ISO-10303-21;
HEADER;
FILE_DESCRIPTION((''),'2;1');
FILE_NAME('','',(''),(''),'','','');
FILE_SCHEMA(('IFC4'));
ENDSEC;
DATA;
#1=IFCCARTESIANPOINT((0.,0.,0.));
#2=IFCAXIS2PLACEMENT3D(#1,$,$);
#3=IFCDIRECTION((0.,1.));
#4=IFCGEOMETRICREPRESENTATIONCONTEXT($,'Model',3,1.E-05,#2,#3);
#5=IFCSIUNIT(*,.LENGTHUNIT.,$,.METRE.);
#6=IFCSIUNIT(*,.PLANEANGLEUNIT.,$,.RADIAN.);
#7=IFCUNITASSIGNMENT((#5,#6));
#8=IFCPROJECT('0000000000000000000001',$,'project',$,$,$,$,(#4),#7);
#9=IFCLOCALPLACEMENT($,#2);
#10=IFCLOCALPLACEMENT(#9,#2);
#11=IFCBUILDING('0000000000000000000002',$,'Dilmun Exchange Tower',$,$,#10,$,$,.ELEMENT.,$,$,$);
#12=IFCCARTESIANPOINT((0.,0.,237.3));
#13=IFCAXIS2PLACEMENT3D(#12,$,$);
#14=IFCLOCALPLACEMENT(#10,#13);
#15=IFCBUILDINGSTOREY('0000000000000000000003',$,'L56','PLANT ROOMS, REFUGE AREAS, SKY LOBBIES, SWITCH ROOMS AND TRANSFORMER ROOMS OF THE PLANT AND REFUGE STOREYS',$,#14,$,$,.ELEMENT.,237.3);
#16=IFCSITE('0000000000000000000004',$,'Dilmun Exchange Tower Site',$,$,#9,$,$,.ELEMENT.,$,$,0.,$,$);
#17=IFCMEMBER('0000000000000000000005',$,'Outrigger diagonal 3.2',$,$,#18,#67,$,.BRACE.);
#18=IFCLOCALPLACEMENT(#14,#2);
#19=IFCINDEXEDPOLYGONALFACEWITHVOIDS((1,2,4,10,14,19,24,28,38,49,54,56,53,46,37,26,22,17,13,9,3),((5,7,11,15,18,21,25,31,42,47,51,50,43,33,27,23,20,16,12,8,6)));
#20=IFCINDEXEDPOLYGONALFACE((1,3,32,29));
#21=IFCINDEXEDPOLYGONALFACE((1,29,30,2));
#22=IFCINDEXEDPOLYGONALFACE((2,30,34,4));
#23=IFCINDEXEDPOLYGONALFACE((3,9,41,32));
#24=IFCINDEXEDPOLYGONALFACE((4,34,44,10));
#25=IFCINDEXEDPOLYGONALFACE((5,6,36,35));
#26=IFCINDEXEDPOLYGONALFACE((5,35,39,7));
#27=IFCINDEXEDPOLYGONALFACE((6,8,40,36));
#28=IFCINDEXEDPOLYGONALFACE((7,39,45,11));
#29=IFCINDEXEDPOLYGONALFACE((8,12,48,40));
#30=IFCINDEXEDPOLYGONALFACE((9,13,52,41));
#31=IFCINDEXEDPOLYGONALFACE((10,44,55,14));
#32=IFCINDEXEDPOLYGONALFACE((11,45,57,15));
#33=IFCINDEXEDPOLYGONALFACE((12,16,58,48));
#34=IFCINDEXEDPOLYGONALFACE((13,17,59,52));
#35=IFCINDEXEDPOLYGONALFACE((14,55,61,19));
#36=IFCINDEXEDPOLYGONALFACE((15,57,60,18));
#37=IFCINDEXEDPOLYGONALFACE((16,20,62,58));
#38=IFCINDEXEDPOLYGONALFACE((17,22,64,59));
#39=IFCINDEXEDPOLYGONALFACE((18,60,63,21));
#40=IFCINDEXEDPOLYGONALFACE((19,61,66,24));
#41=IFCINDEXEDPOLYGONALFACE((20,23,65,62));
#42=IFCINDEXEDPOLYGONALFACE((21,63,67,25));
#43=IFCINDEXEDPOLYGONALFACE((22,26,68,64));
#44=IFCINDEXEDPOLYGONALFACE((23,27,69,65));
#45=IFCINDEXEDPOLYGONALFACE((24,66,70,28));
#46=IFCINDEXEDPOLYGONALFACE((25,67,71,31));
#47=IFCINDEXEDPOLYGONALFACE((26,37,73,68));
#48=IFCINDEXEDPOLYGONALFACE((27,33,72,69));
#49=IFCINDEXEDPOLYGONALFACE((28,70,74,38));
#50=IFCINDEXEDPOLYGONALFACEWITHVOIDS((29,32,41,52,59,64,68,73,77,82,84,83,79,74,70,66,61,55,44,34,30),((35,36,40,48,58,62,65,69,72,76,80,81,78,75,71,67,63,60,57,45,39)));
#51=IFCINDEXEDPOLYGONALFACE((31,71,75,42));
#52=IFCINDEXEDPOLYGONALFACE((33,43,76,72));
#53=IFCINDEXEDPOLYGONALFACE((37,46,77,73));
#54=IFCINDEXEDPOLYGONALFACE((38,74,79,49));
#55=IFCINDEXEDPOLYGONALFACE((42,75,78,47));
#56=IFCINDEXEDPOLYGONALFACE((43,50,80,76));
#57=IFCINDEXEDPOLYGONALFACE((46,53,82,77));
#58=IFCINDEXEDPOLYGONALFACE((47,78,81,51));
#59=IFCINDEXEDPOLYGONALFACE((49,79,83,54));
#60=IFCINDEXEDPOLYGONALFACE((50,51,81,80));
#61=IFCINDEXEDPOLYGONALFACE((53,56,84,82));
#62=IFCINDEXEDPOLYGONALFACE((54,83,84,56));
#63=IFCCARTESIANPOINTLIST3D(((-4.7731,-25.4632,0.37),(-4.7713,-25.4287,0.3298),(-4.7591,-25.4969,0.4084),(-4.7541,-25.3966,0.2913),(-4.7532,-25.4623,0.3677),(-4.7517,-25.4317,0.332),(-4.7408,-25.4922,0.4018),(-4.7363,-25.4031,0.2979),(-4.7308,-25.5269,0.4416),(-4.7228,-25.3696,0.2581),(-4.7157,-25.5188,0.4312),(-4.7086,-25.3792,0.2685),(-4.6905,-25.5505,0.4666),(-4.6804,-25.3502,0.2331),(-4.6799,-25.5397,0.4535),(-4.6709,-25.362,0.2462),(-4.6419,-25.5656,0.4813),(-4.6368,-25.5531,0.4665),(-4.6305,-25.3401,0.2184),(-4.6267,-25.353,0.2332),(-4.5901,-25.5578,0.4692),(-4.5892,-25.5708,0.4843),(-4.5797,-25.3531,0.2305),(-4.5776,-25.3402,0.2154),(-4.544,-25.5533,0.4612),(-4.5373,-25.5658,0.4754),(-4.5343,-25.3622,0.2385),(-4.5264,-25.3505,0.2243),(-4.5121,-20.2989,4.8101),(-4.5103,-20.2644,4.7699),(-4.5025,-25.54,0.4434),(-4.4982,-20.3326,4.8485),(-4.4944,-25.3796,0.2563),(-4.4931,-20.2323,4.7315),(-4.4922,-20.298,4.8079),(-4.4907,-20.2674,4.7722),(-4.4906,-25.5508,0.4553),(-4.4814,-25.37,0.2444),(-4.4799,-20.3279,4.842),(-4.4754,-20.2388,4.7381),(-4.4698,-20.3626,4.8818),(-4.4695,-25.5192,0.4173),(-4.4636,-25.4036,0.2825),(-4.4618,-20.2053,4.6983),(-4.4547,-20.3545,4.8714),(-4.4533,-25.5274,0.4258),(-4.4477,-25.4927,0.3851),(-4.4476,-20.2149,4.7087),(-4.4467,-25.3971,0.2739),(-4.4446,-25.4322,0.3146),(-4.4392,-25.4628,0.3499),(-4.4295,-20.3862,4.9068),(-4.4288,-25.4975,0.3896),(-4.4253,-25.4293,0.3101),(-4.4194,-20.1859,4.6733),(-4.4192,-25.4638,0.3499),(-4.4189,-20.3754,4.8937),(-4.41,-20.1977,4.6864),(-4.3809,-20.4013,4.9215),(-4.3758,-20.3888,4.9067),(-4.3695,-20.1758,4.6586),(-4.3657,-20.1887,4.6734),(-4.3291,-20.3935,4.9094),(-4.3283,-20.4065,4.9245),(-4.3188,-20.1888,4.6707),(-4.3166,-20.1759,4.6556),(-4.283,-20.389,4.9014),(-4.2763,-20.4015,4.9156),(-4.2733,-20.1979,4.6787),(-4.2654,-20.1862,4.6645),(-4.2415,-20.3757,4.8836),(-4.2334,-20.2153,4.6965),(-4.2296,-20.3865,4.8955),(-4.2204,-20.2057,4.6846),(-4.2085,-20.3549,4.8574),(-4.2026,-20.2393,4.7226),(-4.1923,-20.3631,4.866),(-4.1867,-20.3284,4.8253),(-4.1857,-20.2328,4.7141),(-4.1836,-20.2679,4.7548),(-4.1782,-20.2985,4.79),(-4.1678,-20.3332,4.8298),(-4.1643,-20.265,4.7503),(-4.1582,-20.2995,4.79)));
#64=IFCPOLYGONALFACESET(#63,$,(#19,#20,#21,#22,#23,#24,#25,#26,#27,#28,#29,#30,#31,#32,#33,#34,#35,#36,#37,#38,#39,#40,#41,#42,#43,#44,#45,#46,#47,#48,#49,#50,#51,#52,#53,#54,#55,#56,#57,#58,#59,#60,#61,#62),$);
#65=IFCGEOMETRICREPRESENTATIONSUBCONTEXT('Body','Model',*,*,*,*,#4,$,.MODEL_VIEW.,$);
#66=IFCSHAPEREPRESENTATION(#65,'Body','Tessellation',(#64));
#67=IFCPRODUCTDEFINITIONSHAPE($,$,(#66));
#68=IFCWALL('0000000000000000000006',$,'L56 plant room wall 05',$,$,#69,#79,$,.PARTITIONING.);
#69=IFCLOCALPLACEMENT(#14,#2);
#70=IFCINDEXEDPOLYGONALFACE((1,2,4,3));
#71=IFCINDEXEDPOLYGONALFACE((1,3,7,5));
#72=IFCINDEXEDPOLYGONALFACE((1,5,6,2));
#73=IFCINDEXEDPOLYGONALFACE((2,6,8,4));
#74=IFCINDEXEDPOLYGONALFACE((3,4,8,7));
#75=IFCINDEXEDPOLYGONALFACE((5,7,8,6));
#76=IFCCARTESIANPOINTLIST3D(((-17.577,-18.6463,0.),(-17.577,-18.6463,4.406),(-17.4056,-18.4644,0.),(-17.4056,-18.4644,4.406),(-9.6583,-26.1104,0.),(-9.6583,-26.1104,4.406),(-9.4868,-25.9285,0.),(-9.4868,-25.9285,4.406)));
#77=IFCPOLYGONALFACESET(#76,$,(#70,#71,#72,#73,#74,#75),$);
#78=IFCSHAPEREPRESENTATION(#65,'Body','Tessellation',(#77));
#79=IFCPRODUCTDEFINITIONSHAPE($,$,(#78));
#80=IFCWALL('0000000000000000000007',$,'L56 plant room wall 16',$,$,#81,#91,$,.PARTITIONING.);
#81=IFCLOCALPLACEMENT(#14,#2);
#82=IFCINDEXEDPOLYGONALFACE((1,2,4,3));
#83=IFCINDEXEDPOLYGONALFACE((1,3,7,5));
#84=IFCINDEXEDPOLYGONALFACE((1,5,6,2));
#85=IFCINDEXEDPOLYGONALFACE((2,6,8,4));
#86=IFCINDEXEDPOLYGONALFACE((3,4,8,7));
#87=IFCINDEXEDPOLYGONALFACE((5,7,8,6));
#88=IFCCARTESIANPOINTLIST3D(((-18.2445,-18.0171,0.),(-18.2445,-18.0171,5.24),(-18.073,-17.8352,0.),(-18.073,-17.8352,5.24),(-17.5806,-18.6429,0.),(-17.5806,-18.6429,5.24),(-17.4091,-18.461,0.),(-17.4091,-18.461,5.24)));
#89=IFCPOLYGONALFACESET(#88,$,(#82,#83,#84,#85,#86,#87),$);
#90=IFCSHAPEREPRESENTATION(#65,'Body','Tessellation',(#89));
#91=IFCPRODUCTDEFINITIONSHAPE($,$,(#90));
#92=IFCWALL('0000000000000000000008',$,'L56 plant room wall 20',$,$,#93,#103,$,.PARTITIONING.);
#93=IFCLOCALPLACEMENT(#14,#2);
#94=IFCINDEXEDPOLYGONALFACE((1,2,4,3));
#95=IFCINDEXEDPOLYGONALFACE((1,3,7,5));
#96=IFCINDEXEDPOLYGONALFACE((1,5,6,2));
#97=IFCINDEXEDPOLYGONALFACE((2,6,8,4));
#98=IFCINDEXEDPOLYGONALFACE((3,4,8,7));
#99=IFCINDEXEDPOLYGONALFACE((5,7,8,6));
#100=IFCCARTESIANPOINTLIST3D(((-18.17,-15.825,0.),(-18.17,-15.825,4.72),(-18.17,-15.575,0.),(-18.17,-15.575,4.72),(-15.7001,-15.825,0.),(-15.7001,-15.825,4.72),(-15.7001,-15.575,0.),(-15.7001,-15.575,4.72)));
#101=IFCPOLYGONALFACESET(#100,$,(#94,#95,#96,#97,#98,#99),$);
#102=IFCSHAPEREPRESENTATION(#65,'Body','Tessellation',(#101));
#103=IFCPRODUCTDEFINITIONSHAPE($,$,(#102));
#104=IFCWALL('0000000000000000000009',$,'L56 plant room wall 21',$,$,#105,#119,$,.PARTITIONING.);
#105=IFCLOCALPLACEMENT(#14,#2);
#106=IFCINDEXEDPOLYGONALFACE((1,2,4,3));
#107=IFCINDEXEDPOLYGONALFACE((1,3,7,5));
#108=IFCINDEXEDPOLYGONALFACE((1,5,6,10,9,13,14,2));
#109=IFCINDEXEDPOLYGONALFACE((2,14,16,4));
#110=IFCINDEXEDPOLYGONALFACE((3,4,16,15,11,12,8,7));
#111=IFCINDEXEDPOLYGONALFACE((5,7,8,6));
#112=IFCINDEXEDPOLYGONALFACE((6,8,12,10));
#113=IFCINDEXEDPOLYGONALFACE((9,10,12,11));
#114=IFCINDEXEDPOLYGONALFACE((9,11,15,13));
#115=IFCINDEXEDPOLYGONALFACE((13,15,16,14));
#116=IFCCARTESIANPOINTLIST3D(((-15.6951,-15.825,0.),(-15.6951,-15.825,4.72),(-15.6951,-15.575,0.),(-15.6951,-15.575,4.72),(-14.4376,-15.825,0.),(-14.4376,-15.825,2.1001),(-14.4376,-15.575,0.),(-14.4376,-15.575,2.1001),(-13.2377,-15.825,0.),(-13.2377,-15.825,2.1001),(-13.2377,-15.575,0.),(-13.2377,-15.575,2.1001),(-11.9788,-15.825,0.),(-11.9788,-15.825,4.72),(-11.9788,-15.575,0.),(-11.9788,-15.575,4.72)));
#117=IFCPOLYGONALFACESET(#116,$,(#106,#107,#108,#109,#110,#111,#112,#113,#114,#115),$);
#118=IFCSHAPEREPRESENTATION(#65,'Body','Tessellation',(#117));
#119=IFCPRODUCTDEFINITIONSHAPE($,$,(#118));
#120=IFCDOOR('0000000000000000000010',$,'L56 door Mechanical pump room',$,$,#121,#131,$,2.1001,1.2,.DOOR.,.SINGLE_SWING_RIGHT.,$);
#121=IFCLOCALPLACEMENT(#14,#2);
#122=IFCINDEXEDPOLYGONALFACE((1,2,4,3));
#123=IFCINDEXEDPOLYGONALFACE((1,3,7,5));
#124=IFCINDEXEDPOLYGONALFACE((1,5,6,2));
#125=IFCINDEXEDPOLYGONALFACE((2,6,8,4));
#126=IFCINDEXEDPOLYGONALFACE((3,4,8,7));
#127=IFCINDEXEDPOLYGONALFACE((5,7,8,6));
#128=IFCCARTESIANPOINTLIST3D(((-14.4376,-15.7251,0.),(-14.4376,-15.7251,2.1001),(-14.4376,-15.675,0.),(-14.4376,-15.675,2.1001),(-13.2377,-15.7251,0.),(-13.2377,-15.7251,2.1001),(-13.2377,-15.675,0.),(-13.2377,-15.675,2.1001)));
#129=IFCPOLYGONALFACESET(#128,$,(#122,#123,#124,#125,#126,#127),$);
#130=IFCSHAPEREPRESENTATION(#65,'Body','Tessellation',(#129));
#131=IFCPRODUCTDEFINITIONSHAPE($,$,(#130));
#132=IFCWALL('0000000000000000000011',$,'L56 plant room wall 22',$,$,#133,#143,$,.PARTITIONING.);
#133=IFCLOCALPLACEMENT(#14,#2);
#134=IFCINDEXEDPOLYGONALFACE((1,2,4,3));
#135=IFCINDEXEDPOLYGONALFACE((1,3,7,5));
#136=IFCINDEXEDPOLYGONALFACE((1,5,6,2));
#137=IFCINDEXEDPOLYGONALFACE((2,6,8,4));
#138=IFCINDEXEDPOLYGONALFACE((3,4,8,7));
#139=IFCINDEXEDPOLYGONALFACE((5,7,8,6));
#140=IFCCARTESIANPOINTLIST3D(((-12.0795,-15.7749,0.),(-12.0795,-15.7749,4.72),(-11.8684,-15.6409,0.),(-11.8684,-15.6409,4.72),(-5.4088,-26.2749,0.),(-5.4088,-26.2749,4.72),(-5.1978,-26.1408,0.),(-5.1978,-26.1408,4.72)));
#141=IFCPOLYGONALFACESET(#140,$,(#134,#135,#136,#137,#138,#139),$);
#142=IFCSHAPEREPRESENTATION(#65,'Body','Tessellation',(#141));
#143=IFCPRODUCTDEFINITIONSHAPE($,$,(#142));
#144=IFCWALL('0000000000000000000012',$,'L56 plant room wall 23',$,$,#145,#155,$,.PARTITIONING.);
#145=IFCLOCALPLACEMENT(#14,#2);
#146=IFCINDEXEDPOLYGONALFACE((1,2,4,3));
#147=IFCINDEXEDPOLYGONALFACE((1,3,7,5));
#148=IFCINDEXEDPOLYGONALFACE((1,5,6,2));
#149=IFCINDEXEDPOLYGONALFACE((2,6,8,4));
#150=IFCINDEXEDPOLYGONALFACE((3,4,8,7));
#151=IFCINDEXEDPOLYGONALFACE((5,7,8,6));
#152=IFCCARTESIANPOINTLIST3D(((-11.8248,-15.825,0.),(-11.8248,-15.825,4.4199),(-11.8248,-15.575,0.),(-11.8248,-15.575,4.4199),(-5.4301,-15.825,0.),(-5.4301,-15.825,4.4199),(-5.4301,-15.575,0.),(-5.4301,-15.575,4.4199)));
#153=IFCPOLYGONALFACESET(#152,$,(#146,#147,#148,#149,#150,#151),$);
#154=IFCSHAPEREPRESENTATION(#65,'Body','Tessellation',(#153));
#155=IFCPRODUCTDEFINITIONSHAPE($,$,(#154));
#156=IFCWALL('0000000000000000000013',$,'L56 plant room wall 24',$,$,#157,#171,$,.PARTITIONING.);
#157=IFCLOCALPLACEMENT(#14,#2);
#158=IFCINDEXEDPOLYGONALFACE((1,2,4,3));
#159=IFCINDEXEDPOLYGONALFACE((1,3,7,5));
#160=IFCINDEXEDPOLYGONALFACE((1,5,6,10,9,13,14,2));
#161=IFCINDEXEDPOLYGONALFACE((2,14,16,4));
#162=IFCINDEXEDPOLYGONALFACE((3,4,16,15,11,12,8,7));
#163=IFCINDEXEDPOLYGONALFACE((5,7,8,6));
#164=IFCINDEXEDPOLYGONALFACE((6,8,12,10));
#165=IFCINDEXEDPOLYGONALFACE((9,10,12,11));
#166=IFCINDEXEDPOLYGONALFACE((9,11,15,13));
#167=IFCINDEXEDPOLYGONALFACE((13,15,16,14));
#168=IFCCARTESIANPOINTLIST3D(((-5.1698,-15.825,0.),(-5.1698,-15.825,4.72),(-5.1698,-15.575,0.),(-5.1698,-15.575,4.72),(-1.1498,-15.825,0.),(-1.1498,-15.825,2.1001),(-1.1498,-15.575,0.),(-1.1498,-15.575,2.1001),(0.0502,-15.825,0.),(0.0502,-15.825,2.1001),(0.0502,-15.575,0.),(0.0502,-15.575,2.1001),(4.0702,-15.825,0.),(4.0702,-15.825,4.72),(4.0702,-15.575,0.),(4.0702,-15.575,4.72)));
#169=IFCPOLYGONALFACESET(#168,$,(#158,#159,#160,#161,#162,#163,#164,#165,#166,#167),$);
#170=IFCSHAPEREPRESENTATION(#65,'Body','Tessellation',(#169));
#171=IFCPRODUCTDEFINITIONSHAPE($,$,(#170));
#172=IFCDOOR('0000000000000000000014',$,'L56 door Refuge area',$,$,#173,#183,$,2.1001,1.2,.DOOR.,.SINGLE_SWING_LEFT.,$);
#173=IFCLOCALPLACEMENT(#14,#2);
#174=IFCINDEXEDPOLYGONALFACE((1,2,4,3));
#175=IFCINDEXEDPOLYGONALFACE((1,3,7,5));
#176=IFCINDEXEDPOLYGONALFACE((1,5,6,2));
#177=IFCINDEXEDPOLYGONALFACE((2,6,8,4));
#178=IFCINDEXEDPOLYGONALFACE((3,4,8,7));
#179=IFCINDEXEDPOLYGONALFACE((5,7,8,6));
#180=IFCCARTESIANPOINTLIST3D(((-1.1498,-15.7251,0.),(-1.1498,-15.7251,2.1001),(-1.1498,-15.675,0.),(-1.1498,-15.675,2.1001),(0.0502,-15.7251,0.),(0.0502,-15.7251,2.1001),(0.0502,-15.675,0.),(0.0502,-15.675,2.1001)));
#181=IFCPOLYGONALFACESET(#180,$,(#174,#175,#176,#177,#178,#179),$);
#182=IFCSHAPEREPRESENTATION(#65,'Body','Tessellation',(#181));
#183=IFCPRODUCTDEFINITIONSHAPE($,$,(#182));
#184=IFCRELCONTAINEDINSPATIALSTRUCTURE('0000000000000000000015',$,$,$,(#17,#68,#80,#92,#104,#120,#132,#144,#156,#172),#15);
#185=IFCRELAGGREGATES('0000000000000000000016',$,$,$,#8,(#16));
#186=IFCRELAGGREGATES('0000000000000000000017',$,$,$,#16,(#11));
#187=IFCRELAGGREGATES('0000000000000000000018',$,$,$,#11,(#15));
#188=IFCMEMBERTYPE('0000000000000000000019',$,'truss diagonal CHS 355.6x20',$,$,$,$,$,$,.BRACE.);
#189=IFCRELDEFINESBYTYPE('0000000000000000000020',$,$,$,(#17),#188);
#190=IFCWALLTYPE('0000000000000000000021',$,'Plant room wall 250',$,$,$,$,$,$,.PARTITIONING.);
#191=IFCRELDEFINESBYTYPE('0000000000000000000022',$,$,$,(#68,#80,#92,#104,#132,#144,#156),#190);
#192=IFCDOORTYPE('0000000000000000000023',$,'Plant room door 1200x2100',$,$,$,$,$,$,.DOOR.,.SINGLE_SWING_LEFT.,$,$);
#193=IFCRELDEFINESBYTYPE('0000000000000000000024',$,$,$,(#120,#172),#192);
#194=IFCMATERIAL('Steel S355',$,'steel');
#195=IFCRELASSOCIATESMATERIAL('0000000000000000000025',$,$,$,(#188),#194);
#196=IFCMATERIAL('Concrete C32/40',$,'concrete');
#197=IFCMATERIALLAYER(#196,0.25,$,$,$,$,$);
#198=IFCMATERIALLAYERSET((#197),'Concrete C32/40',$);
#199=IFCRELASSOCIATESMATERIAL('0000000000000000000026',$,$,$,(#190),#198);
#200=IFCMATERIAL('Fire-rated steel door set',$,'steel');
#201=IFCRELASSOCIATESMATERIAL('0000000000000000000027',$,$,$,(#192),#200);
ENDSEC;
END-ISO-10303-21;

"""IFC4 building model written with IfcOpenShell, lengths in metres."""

from ifc_helpers import new_model, si_unit, direction, frame, frame_2d, origin, origin_2d, place, context, subcontext, project, spatial, rectangle, hollow_circle, extrude, material, layer, layer_set, material_profile, profile_set, type_object, element, fill, save


model = new_model("IFC4")

# Units and contexts
model_context = context("Model", 3, precision=1e-05, world=origin(), true_north=direction((0.0, 1.0)))
body_context = subcontext(model_context, "Body", "Model", "MODEL_VIEW")
ifc_project = project(units=[si_unit("LENGTHUNIT", "METRE"), si_unit("PLANEANGLEUNIT", "RADIAN")], contexts=[model_context])

# Site, building, storey
site_placement = place(None, origin())
site = spatial("IfcSite", under=ifc_project, at=site_placement, Name="Dilmun Exchange Tower Site", CompositionType="ELEMENT", RefElevation=0.0)
building_placement = place(site_placement, origin())
building = spatial("IfcBuilding", under=site, at=building_placement, Name="Dilmun Exchange Tower", CompositionType="ELEMENT")
storey_placement = place(building_placement, frame((0.0, 0.0, 237.3)))
storey = spatial("IfcBuildingStorey", under=building, at=storey_placement, Name="L56", Description="PLANT ROOMS, REFUGE AREAS, SKY LOBBIES, SWITCH ROOMS AND TRANSFORMER ROOMS OF THE PLANT AND REFUGE STOREYS", CompositionType="ELEMENT", Elevation=237.3)

# Shared definitions
ifc_material_1 = material(Name="Steel S355", Category="steel")

# Member
ifc_material_profile_1 = material_profile(ifc_material_1, hollow_circle(Radius=0.1777, WallThickness=0.02, at=origin_2d()), Name="CHS 355.6x20")
ifc_profile_set_1 = profile_set([ifc_material_profile_1], Name="Steel S355")
member_type_1 = type_object("IfcMemberType", Name="truss diagonal CHS 355.6x20", PredefinedType="BRACE", material=ifc_profile_set_1)
member_1_placement = place(storey_placement, frame((-4.3357, -20.2905, 4.79), z_axis=(-0.038292, -0.75771, -0.651467), x_axis=(0.998725, -0.050472, 0.0)))
element("IfcMember", 1, at=member_1_placement, inside=storey, type_object=member_type_1, Name="Outrigger diagonal 3.2", PredefinedType="BRACE", context=body_context, shape_type="SweptSolid", body=[
    extrude(hollow_circle(Radius=0.1777, WallThickness=0.02, at=origin_2d()), origin(), (0.0, 0.0, 1.0), 6.8157),
])

# Walls
ifc_material_2 = material(Name="Concrete C32/40", Category="concrete")
ifc_layer_1 = layer(ifc_material_2, 0.25)
ifc_layer_set_1 = layer_set([ifc_layer_1], Name="Concrete C32/40")
wall_type = type_object("IfcWallType", Name="Plant room wall 250", PredefinedType="PARTITIONING", material=ifc_layer_set_1)
wall_1_placement = place(storey_placement, frame((-17.4912, -18.5554, 0.0), z_axis=(0.0, 0.0, 1.0), x_axis=(0.727685, -0.685911, 0.0)))
element("IfcWall", 2, at=wall_1_placement, inside=storey, type_object=wall_type, Name="L56 plant room wall 05", PredefinedType="PARTITIONING", context=body_context, shape_type="SweptSolid", body=[
    extrude(rectangle(XDim=10.8821, YDim=0.25, at=frame_2d((5.4409, 0.0))), origin(), (0.0, 0.0, 1.0), 4.406),
])
wall_2_placement = place(storey_placement, frame((-18.1587, -17.9263, 0.0), z_axis=(0.0, 0.0, 1.0), x_axis=(0.727673, -0.685924, 0.0)))
element("IfcWall", 3, at=wall_2_placement, inside=storey, type_object=wall_type, Name="L56 plant room wall 16", PredefinedType="PARTITIONING", context=body_context, shape_type="SweptSolid", body=[
    extrude(rectangle(XDim=0.9124, YDim=0.25, at=frame_2d((0.4561, 0.0))), origin(), (0.0, 0.0, 1.0), 5.24),
])
wall_3_placement = place(storey_placement, frame((-18.1699, -15.7, 0.0), z_axis=(0.0, 0.0, 1.0), x_axis=(1.0, 0.0, 0.0)))
element("IfcWall", 4, at=wall_3_placement, inside=storey, type_object=wall_type, Name="L56 plant room wall 20", PredefinedType="PARTITIONING", context=body_context, shape_type="SweptSolid", body=[
    extrude(rectangle(XDim=2.47, YDim=0.25, at=frame_2d((1.2349, 0.0))), origin(), (0.0, 0.0, 1.0), 4.72),
])

# Wall, opening, door
wall_4_placement = place(storey_placement, frame((-15.6951, -15.7, 0.0), z_axis=(0.0, 0.0, 1.0), x_axis=(1.0, 0.0, 0.0)))
wall_4 = element("IfcWall", 5, at=wall_4_placement, inside=storey, type_object=wall_type, Name="L56 plant room wall 21", PredefinedType="PARTITIONING", context=body_context, shape_type="SweptSolid", body=[
    extrude(rectangle(XDim=3.7163, YDim=0.25, at=frame_2d((1.8582, 0.0))), origin(), (0.0, 0.0, 1.0), 4.72),
])
opening_1_placement = place(wall_4_placement, frame((1.2573, 0.0, 0.0)))
opening_1 = element("IfcOpeningElement", 6, at=opening_1_placement, cuts=wall_4, PredefinedType="OPENING", context=body_context, shape_type="SweptSolid", body=[
    extrude(rectangle(XDim=1.2, YDim=2.1001, at=frame_2d((0.6001, 1.05))), frame((0.0, 0.135, 0.0), z_axis=(0.0, -1.0, 0.0), x_axis=(1.0, 0.0, 0.0)), (0.0, 0.0, 1.0), 0.27),
])
ifc_material_3 = material(Name="Fire-rated steel door set", Category="steel")
door_type_1 = type_object("IfcDoorType", Name="Plant room door 1200x2100", OperationType="SINGLE_SWING_LEFT", PredefinedType="DOOR", material=ifc_material_3)
door_1_placement = place(opening_1_placement, origin())
door_1 = element("IfcDoor", 7, at=door_1_placement, inside=storey, type_object=door_type_1, Name="L56 door Mechanical pump room", OperationType="SINGLE_SWING_RIGHT", OverallHeight=2.1001, OverallWidth=1.2, PredefinedType="DOOR", context=body_context, shape_type="SweptSolid", body=[
    extrude(rectangle(XDim=1.2, YDim=2.1001, at=frame_2d((0.6001, 1.05))), frame((0.0, 0.0249, 0.0), z_axis=(0.0, -1.0, 0.0), x_axis=(1.0, 0.0, 0.0)), (0.0, 0.0, 1.0), 0.05),
])
fill(opening_1, door_1)

# Walls
wall_5_placement = place(storey_placement, frame((-11.9739, -15.708, 0.0), z_axis=(0.0, 0.0, 1.0), x_axis=(0.536237, -0.844068, 0.0)))
element("IfcWall", 8, at=wall_5_placement, inside=storey, type_object=wall_type, Name="L56 plant room wall 22", PredefinedType="PARTITIONING", context=body_context, shape_type="SweptSolid", body=[
    extrude(rectangle(XDim=12.4397, YDim=0.25, at=frame_2d((6.2197, 0.0))), origin(), (0.0, 0.0, 1.0), 4.72),
])
wall_6_placement = place(storey_placement, frame((-11.8247, -15.7, 0.0), z_axis=(0.0, 0.0, 1.0), x_axis=(1.0, 0.0, 0.0)))
element("IfcWall", 9, at=wall_6_placement, inside=storey, type_object=wall_type, Name="L56 plant room wall 23", PredefinedType="PARTITIONING", context=body_context, shape_type="SweptSolid", body=[
    extrude(rectangle(XDim=6.3948, YDim=0.25, at=frame_2d((3.1973, 0.0))), origin(), (0.0, 0.0, 1.0), 4.4199),
])

# Wall, opening, door
wall_7_placement = place(storey_placement, frame((-5.1699, -15.7, 0.0), z_axis=(0.0, 0.0, 1.0), x_axis=(1.0, 0.0, 0.0)))
wall_7 = element("IfcWall", 10, at=wall_7_placement, inside=storey, type_object=wall_type, Name="L56 plant room wall 24", PredefinedType="PARTITIONING", context=body_context, shape_type="SweptSolid", body=[
    extrude(rectangle(XDim=9.24, YDim=0.25, at=frame_2d((4.6201, 0.0))), origin(), (0.0, 0.0, 1.0), 4.72),
])
opening_2_placement = place(wall_7_placement, frame((4.02, 0.0, 0.0)))
opening_2 = element("IfcOpeningElement", 11, at=opening_2_placement, cuts=wall_7, PredefinedType="OPENING", context=body_context, shape_type="SweptSolid", body=[
    extrude(rectangle(XDim=1.2, YDim=2.1001, at=frame_2d((0.6001, 1.05))), frame((0.0, 0.135, 0.0), z_axis=(0.0, -1.0, 0.0), x_axis=(1.0, 0.0, 0.0)), (0.0, 0.0, 1.0), 0.27),
])
door_2_placement = place(opening_2_placement, origin())
door_2 = element("IfcDoor", 12, at=door_2_placement, inside=storey, type_object=door_type_1, Name="L56 door Refuge area", OperationType="SINGLE_SWING_LEFT", OverallHeight=2.1001, OverallWidth=1.2, PredefinedType="DOOR", context=body_context, shape_type="SweptSolid", body=[
    extrude(rectangle(XDim=1.2, YDim=2.1001, at=frame_2d((0.6001, 1.05))), frame((0.0, 0.0249, 0.0), z_axis=(0.0, -1.0, 0.0), x_axis=(1.0, 0.0, 0.0)), (0.0, 0.0, 1.0), 0.05),
])
fill(opening_2, door_2)

save(model, "model.ifc")
